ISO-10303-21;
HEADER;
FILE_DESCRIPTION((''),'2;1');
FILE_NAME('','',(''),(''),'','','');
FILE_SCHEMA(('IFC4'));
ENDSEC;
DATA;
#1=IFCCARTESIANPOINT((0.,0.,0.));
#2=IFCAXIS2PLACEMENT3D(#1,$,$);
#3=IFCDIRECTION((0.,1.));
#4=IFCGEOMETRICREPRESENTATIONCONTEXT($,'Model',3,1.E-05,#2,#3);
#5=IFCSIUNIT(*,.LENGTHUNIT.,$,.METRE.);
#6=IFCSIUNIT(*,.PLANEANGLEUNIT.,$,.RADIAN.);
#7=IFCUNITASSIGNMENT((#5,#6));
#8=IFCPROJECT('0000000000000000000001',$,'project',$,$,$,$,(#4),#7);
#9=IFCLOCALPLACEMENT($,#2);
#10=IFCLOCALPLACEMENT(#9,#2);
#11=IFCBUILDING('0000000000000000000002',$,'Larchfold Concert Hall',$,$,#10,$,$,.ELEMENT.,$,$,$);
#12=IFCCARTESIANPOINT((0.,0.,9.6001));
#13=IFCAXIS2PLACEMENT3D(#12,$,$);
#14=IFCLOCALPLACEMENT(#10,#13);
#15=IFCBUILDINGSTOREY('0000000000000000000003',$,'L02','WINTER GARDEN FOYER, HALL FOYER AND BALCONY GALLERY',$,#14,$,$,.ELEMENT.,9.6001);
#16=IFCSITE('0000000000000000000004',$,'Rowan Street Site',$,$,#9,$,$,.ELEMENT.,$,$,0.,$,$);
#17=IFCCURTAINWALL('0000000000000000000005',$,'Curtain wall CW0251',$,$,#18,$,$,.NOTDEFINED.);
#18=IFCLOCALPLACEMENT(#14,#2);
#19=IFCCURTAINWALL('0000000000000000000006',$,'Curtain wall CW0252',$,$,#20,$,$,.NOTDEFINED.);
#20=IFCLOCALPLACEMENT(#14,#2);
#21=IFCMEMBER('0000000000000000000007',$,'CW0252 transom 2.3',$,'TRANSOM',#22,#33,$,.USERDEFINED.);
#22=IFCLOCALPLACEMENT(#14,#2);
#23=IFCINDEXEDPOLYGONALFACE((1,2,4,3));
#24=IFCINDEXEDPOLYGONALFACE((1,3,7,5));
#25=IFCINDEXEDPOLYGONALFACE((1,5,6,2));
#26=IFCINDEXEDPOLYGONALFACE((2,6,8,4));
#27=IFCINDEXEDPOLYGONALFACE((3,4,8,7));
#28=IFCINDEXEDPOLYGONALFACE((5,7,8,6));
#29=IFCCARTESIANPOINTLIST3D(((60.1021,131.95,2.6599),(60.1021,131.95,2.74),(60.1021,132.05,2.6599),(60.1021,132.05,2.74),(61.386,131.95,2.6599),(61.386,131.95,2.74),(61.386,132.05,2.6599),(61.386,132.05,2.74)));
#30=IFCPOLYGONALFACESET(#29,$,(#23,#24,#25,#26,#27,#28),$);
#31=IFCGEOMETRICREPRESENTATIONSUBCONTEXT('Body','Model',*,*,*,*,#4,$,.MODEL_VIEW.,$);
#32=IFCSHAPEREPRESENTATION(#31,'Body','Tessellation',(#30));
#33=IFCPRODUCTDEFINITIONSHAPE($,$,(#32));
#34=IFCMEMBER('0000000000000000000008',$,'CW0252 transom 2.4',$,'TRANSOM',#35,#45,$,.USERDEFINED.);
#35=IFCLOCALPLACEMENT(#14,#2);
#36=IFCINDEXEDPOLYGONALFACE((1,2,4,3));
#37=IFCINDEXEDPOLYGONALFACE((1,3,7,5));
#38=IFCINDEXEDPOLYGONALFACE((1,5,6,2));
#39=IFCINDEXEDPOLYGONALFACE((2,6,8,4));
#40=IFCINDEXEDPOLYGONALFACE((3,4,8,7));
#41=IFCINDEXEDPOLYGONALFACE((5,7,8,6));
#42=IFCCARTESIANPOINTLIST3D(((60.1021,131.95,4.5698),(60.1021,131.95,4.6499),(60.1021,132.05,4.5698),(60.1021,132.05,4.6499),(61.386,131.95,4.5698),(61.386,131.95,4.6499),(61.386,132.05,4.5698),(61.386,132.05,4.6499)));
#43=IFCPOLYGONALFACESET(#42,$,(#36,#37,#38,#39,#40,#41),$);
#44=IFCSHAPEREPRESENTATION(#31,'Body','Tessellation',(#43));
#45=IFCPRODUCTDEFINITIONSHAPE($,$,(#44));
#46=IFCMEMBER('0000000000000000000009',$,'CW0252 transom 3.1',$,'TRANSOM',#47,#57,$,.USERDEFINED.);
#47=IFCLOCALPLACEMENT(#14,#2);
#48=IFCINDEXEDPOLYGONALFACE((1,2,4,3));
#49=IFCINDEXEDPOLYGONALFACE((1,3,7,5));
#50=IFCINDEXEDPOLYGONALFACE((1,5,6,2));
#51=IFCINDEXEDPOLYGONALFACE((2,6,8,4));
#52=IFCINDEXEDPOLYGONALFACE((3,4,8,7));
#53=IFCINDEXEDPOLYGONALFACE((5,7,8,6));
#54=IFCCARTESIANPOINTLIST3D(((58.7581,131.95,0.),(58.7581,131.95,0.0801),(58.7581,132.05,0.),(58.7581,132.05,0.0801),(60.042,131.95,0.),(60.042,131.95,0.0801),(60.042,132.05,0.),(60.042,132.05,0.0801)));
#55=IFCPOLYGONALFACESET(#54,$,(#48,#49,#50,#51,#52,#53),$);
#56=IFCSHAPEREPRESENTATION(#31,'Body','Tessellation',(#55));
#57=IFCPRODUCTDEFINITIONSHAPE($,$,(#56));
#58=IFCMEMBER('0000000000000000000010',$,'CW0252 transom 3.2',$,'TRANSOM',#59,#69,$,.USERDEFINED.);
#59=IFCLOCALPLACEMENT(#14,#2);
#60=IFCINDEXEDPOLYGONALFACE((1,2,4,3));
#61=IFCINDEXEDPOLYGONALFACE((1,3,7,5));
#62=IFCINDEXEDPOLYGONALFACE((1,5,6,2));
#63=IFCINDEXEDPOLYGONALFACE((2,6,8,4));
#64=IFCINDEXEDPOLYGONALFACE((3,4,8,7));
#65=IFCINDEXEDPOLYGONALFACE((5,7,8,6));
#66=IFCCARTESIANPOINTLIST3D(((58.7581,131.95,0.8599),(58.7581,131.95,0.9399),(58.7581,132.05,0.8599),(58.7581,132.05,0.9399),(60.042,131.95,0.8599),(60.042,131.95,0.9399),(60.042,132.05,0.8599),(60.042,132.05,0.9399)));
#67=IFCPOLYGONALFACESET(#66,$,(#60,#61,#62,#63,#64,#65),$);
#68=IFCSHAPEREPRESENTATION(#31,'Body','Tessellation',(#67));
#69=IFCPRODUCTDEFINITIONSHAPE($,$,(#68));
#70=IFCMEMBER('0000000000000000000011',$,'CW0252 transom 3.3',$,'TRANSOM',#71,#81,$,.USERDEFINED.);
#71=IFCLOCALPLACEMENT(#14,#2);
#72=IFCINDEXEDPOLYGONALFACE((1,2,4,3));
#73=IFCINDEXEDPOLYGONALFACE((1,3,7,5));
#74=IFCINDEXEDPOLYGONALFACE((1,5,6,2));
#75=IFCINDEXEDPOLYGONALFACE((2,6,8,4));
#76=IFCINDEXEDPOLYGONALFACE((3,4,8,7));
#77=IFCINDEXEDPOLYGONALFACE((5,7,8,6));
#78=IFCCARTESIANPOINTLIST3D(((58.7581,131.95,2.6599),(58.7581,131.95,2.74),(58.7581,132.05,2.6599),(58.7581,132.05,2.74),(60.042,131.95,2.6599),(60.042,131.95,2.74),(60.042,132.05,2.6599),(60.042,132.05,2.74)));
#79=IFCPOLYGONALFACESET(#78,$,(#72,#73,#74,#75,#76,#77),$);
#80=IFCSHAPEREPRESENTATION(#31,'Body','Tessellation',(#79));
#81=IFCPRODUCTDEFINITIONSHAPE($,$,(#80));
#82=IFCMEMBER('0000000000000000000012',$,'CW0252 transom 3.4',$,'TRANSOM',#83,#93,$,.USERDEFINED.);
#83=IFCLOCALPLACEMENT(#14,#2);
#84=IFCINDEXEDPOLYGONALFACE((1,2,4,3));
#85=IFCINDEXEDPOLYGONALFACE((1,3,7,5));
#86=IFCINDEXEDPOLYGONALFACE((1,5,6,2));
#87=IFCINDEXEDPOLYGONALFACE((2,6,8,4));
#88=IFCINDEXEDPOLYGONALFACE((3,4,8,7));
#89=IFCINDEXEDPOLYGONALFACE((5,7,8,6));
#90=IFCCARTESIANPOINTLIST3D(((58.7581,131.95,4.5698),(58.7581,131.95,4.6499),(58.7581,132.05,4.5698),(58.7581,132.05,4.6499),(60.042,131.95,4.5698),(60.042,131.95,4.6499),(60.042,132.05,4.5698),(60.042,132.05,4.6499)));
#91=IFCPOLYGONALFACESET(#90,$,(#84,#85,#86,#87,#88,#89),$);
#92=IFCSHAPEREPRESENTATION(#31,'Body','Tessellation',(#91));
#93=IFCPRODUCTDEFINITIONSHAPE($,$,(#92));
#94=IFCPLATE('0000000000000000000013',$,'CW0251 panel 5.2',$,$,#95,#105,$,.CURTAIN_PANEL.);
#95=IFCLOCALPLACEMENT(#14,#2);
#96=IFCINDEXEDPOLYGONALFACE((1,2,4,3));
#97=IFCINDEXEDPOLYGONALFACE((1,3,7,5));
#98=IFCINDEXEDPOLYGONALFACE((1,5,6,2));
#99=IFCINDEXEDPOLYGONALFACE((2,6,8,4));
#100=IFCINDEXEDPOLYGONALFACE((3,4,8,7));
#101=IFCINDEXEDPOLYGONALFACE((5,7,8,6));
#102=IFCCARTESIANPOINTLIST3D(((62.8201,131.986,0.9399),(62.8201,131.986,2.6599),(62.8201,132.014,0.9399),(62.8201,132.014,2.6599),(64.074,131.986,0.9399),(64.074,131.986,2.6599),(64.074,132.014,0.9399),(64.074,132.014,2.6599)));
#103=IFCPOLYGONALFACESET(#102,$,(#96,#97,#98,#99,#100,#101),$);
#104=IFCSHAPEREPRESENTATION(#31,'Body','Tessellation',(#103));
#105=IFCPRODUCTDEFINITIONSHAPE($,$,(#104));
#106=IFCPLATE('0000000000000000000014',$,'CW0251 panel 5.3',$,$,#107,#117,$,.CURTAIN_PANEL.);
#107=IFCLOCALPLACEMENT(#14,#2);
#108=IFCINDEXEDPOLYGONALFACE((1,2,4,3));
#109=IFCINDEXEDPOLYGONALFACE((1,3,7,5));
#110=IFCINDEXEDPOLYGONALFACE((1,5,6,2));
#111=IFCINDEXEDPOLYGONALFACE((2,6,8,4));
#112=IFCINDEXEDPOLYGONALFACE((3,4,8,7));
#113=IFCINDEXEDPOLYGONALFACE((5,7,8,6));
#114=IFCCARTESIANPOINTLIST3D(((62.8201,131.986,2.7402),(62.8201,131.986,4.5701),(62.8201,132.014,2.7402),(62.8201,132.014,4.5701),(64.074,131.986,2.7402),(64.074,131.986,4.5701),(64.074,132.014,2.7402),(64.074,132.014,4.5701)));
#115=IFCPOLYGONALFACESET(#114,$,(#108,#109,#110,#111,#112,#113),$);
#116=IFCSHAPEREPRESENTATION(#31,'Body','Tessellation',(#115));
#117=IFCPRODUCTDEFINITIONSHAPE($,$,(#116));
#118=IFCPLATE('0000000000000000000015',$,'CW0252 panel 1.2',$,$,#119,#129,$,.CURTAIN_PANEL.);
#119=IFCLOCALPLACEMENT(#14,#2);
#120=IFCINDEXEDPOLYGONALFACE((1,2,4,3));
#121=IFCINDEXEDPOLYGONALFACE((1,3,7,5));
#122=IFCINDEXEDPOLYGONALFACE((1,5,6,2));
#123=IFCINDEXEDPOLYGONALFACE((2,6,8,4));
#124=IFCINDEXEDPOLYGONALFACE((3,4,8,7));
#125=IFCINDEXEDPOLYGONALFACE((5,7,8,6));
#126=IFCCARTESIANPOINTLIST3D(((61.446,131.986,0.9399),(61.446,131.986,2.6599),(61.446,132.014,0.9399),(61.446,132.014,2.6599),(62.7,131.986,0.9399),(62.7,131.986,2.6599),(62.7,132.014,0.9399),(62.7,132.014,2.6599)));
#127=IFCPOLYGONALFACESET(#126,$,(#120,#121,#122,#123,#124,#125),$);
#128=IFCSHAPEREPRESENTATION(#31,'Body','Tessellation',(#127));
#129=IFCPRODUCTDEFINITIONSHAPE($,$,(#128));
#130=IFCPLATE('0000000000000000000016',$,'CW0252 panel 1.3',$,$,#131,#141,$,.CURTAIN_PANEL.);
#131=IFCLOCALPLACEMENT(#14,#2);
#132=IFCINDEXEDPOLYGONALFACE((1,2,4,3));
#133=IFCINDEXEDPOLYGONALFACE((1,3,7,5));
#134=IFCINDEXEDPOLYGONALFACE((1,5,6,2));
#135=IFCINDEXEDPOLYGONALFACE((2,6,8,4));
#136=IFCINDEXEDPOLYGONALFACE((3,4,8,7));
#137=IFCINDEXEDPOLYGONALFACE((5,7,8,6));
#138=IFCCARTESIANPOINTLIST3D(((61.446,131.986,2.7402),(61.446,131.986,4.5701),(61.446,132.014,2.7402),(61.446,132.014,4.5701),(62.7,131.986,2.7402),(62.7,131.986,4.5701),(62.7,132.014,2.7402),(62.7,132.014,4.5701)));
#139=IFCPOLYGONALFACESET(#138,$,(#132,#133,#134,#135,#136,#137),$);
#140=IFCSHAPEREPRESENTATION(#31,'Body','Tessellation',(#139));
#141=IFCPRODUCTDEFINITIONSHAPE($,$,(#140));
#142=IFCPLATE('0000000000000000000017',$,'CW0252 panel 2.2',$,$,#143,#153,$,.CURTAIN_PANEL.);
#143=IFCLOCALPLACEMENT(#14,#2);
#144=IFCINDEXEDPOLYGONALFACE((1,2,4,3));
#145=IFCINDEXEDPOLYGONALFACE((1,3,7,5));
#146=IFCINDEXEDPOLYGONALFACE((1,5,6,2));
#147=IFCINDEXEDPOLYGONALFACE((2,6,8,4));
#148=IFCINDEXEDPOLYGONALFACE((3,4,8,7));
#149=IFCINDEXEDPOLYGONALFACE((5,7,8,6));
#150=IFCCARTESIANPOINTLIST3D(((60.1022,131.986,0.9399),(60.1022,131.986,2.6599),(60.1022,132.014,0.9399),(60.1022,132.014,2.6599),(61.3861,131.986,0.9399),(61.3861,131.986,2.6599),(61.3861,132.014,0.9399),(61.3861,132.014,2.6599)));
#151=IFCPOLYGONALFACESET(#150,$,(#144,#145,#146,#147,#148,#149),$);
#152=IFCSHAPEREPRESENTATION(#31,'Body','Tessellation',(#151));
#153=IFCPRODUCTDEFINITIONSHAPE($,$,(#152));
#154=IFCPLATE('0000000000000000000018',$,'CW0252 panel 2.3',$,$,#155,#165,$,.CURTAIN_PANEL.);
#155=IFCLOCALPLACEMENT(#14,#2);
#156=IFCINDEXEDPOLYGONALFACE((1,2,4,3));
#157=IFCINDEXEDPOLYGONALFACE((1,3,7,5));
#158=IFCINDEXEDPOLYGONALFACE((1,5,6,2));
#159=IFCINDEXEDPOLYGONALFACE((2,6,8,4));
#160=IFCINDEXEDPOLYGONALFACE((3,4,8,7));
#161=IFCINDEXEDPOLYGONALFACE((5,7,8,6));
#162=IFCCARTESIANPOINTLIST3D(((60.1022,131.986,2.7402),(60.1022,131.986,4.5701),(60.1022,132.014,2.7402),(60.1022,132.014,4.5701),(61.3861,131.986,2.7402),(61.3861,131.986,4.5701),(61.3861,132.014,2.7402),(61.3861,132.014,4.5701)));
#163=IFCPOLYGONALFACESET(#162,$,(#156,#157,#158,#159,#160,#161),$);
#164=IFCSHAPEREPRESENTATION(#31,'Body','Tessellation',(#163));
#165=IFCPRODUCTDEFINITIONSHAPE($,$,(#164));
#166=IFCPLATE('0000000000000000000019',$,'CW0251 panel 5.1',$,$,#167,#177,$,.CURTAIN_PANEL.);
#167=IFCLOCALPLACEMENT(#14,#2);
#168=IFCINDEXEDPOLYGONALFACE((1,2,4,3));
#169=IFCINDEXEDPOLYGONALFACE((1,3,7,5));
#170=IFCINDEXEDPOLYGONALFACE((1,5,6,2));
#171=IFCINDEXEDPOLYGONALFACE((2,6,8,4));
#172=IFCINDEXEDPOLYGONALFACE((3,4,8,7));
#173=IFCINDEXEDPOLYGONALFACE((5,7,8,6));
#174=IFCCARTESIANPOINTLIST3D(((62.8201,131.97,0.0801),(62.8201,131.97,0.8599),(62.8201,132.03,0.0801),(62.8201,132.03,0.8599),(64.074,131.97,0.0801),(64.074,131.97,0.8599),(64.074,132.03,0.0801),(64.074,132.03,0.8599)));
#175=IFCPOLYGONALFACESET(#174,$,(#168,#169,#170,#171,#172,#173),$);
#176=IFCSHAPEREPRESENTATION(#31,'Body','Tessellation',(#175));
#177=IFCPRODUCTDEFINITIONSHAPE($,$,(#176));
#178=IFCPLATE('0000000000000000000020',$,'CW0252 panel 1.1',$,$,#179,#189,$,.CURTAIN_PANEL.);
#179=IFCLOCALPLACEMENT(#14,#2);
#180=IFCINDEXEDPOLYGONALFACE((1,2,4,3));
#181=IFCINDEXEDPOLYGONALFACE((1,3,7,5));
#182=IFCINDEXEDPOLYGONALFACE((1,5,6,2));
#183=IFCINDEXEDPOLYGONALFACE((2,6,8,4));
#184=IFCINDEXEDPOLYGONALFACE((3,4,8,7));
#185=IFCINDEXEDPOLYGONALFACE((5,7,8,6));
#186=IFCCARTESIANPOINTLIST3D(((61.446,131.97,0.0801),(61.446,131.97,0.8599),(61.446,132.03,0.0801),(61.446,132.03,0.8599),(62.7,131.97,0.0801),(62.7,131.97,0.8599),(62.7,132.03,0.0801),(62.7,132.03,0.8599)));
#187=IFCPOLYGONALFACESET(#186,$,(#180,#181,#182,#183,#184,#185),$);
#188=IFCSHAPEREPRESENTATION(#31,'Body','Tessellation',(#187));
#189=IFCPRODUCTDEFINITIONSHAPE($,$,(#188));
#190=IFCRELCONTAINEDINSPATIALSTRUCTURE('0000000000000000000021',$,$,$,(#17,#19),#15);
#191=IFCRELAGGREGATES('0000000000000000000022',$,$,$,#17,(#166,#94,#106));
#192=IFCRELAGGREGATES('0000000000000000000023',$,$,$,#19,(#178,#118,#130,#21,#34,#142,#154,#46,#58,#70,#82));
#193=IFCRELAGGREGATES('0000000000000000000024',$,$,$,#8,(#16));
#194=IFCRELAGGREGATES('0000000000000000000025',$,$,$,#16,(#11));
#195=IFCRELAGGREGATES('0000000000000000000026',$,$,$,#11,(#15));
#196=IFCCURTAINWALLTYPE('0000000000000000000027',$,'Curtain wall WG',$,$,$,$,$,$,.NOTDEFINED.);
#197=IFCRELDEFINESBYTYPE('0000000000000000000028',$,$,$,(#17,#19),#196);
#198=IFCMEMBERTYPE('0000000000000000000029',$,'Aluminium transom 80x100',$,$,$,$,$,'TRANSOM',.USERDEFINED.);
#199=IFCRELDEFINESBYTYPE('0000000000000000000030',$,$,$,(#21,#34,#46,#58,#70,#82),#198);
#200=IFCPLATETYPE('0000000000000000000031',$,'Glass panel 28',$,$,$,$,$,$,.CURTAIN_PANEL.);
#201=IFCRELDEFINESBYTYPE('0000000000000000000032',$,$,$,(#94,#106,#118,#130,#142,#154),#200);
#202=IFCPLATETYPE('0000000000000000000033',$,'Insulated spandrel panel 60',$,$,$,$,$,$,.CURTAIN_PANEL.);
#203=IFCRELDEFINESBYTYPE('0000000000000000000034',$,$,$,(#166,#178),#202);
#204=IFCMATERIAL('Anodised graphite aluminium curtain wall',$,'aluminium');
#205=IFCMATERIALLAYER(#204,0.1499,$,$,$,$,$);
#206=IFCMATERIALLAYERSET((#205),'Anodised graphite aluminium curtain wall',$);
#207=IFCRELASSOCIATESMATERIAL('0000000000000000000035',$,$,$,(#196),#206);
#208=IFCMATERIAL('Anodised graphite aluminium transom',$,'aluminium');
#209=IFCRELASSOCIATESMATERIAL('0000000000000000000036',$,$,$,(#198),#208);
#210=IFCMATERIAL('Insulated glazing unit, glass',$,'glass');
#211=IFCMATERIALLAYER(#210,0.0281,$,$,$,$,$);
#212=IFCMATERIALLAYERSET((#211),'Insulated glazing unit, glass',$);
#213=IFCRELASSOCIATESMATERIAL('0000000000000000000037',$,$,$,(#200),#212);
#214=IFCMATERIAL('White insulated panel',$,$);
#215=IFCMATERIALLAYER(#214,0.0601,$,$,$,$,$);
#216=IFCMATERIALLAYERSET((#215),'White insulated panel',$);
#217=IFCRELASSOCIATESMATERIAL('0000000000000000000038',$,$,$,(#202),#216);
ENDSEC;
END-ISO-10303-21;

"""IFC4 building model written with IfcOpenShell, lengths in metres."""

from ifc_helpers import new_model, si_unit, direction, frame, origin, origin_2d, place, context, subcontext, project, spatial, rectangle, extrude, material, layer, layer_set, material_profile, profile_set, type_object, element, aggregate, save


model = new_model("IFC4")

# Units and contexts
model_context = context("Model", 3, precision=1e-05, world=origin(), true_north=direction((0.0, 1.0)))
body_context = subcontext(model_context, "Body", "Model", "MODEL_VIEW")
ifc_project = project(units=[si_unit("LENGTHUNIT", "METRE"), si_unit("PLANEANGLEUNIT", "RADIAN")], contexts=[model_context])

# Site, building, storey
site_placement = place(None, origin())
site = spatial("IfcSite", under=ifc_project, at=site_placement, Name="Rowan Street Site", CompositionType="ELEMENT", RefElevation=0.0)
building_placement = place(site_placement, origin())
building = spatial("IfcBuilding", under=site, at=building_placement, Name="Larchfold Concert Hall", CompositionType="ELEMENT")
storey_placement = place(building_placement, frame((0.0, 0.0, 9.6001)))
storey = spatial("IfcBuildingStorey", under=building, at=storey_placement, Name="L02", Description="WINTER GARDEN FOYER, HALL FOYER AND BALCONY GALLERY", CompositionType="ELEMENT", Elevation=9.6001)

# Curtain walls
ifc_material_1 = material(Name="Anodised graphite aluminium curtain wall", Category="aluminium")
ifc_layer_1 = layer(ifc_material_1, 0.1499)
ifc_layer_set_1 = layer_set([ifc_layer_1], Name="Anodised graphite aluminium curtain wall")
curtain_wall_type = type_object("IfcCurtainWallType", Name="Curtain wall WG", PredefinedType="NOTDEFINED", material=ifc_layer_set_1)
curtain_wall_1_placement = place(storey_placement, origin())
curtain_wall_1 = element("IfcCurtainWall", 1, at=curtain_wall_1_placement, inside=storey, type_object=curtain_wall_type, Name="Curtain wall CW0251", PredefinedType="NOTDEFINED")
curtain_wall_2_placement = place(storey_placement, origin())
curtain_wall_2 = element("IfcCurtainWall", 2, at=curtain_wall_2_placement, inside=storey, type_object=curtain_wall_type, Name="Curtain wall CW0252", PredefinedType="NOTDEFINED")

# Members
ifc_material_2 = material(Name="Anodised graphite aluminium transom", Category="aluminium")
ifc_material_profile_1 = material_profile(ifc_material_2, rectangle(XDim=0.1001, YDim=0.0801, at=origin_2d()))
ifc_profile_set_1 = profile_set([ifc_material_profile_1], Name="Anodised graphite aluminium transom")
member_type_1 = type_object("IfcMemberType", Name="Aluminium transom 80x100", ElementType="TRANSOM", PredefinedType="USERDEFINED", material=ifc_profile_set_1)
member_1_placement = place(storey_placement, frame((61.386, 132.0, 2.7), z_axis=(-1.0, 0.0, 0.0), x_axis=(0.0, -1.0, 0.0)))
member_1 = element("IfcMember", 3, at=member_1_placement, type_object=member_type_1, Name="CW0252 transom 2.3", ObjectType="TRANSOM", PredefinedType="USERDEFINED", context=body_context, shape_type="SweptSolid", body=[
    extrude(rectangle(XDim=0.1001, YDim=0.0801, at=origin_2d()), origin(), (0.0, 0.0, 1.0), 1.2839),
])
member_2_placement = place(storey_placement, frame((61.386, 132.0, 4.6099), z_axis=(-1.0, 0.0, 0.0), x_axis=(0.0, -1.0, 0.0)))
member_2 = element("IfcMember", 4, at=member_2_placement, type_object=member_type_1, Name="CW0252 transom 2.4", ObjectType="TRANSOM", PredefinedType="USERDEFINED", context=body_context, shape_type="SweptSolid", body=[
    extrude(rectangle(XDim=0.1001, YDim=0.0801, at=origin_2d()), origin(), (0.0, 0.0, 1.0), 1.2839),
])
member_3_placement = place(storey_placement, frame((60.042, 132.0, 0.04), z_axis=(-1.0, 0.0, 0.0), x_axis=(0.0, -1.0, 0.0)))
member_3 = element("IfcMember", 5, at=member_3_placement, type_object=member_type_1, Name="CW0252 transom 3.1", ObjectType="TRANSOM", PredefinedType="USERDEFINED", context=body_context, shape_type="SweptSolid", body=[
    extrude(rectangle(XDim=0.1001, YDim=0.0801, at=origin_2d()), origin(), (0.0, 0.0, 1.0), 1.2839),
])
member_4_placement = place(storey_placement, frame((60.042, 132.0, 0.8999), z_axis=(-1.0, 0.0, 0.0), x_axis=(0.0, -1.0, 0.0)))
member_4 = element("IfcMember", 6, at=member_4_placement, type_object=member_type_1, Name="CW0252 transom 3.2", ObjectType="TRANSOM", PredefinedType="USERDEFINED", context=body_context, shape_type="SweptSolid", body=[
    extrude(rectangle(XDim=0.1001, YDim=0.0801, at=origin_2d()), origin(), (0.0, 0.0, 1.0), 1.2839),
])
member_5_placement = place(storey_placement, frame((60.042, 132.0, 2.7), z_axis=(-1.0, 0.0, 0.0), x_axis=(0.0, -1.0, 0.0)))
member_5 = element("IfcMember", 7, at=member_5_placement, type_object=member_type_1, Name="CW0252 transom 3.3", ObjectType="TRANSOM", PredefinedType="USERDEFINED", context=body_context, shape_type="SweptSolid", body=[
    extrude(rectangle(XDim=0.1001, YDim=0.0801, at=origin_2d()), origin(), (0.0, 0.0, 1.0), 1.2839),
])
member_6_placement = place(storey_placement, frame((60.042, 132.0, 4.6099), z_axis=(-1.0, 0.0, 0.0), x_axis=(0.0, -1.0, 0.0)))
member_6 = element("IfcMember", 8, at=member_6_placement, type_object=member_type_1, Name="CW0252 transom 3.4", ObjectType="TRANSOM", PredefinedType="USERDEFINED", context=body_context, shape_type="SweptSolid", body=[
    extrude(rectangle(XDim=0.1001, YDim=0.0801, at=origin_2d()), origin(), (0.0, 0.0, 1.0), 1.2839),
])

# Plates
ifc_material_3 = material(Name="Insulated glazing unit, glass", Category="glass")
ifc_layer_2 = layer(ifc_material_3, 0.0281)
ifc_layer_set_2 = layer_set([ifc_layer_2], Name="Insulated glazing unit, glass")
plate_type_1 = type_object("IfcPlateType", Name="Glass panel 28", PredefinedType="CURTAIN_PANEL", material=ifc_layer_set_2)
plate_1_placement = place(storey_placement, frame((63.447, 132.0, 0.9399), z_axis=(0.0, 0.0, 1.0), x_axis=(-1.0, 0.0, 0.0)))
plate_1 = element("IfcPlate", 9, at=plate_1_placement, type_object=plate_type_1, Name="CW0251 panel 5.2", PredefinedType="CURTAIN_PANEL", context=body_context, shape_type="SweptSolid", body=[
    extrude(rectangle(XDim=1.2539, YDim=0.0281, at=origin_2d()), origin(), (0.0, 0.0, 1.0), 1.72),
])
plate_2_placement = place(storey_placement, frame((63.447, 132.0, 2.7402), z_axis=(0.0, 0.0, 1.0), x_axis=(-1.0, 0.0, 0.0)))
plate_2 = element("IfcPlate", 10, at=plate_2_placement, type_object=plate_type_1, Name="CW0251 panel 5.3", PredefinedType="CURTAIN_PANEL", context=body_context, shape_type="SweptSolid", body=[
    extrude(rectangle(XDim=1.2539, YDim=0.0281, at=origin_2d()), origin(), (0.0, 0.0, 1.0), 1.8298),
])
plate_3_placement = place(storey_placement, frame((62.073, 132.0, 0.9399), z_axis=(0.0, 0.0, 1.0), x_axis=(-1.0, 0.0, 0.0)))
plate_3 = element("IfcPlate", 11, at=plate_3_placement, type_object=plate_type_1, Name="CW0252 panel 1.2", PredefinedType="CURTAIN_PANEL", context=body_context, shape_type="SweptSolid", body=[
    extrude(rectangle(XDim=1.2539, YDim=0.0281, at=origin_2d()), origin(), (0.0, 0.0, 1.0), 1.72),
])
plate_4_placement = place(storey_placement, frame((62.073, 132.0, 2.7402), z_axis=(0.0, 0.0, 1.0), x_axis=(-1.0, 0.0, 0.0)))
plate_4 = element("IfcPlate", 12, at=plate_4_placement, type_object=plate_type_1, Name="CW0252 panel 1.3", PredefinedType="CURTAIN_PANEL", context=body_context, shape_type="SweptSolid", body=[
    extrude(rectangle(XDim=1.2539, YDim=0.0281, at=origin_2d()), origin(), (0.0, 0.0, 1.0), 1.8298),
])
plate_5_placement = place(storey_placement, frame((60.7441, 132.0, 0.9399), z_axis=(0.0, 0.0, 1.0), x_axis=(-1.0, 0.0, 0.0)))
plate_5 = element("IfcPlate", 13, at=plate_5_placement, type_object=plate_type_1, Name="CW0252 panel 2.2", PredefinedType="CURTAIN_PANEL", context=body_context, shape_type="SweptSolid", body=[
    extrude(rectangle(XDim=1.2839, YDim=0.0281, at=origin_2d()), origin(), (0.0, 0.0, 1.0), 1.72),
])
plate_6_placement = place(storey_placement, frame((60.7441, 132.0, 2.7402), z_axis=(0.0, 0.0, 1.0), x_axis=(-1.0, 0.0, 0.0)))
plate_6 = element("IfcPlate", 14, at=plate_6_placement, type_object=plate_type_1, Name="CW0252 panel 2.3", PredefinedType="CURTAIN_PANEL", context=body_context, shape_type="SweptSolid", body=[
    extrude(rectangle(XDim=1.2839, YDim=0.0281, at=origin_2d()), origin(), (0.0, 0.0, 1.0), 1.8298),
])
ifc_material_4 = material(Name="White insulated panel")
ifc_layer_3 = layer(ifc_material_4, 0.0601)
ifc_layer_set_3 = layer_set([ifc_layer_3], Name="White insulated panel")
plate_type_2 = type_object("IfcPlateType", Name="Insulated spandrel panel 60", PredefinedType="CURTAIN_PANEL", material=ifc_layer_set_3)
plate_7_placement = place(storey_placement, frame((63.447, 132.0, 0.0801), z_axis=(0.0, 0.0, 1.0), x_axis=(-1.0, 0.0, 0.0)))
plate_7 = element("IfcPlate", 15, at=plate_7_placement, type_object=plate_type_2, Name="CW0251 panel 5.1", PredefinedType="CURTAIN_PANEL", context=body_context, shape_type="SweptSolid", body=[
    extrude(rectangle(XDim=1.2539, YDim=0.0601, at=origin_2d()), origin(), (0.0, 0.0, 1.0), 0.7798),
])
aggregate(curtain_wall_1, [plate_7, plate_1, plate_2])
plate_8_placement = place(storey_placement, frame((62.073, 132.0, 0.0801), z_axis=(0.0, 0.0, 1.0), x_axis=(-1.0, 0.0, 0.0)))
plate_8 = element("IfcPlate", 16, at=plate_8_placement, type_object=plate_type_2, Name="CW0252 panel 1.1", PredefinedType="CURTAIN_PANEL", context=body_context, shape_type="SweptSolid", body=[
    extrude(rectangle(XDim=1.2539, YDim=0.0601, at=origin_2d()), origin(), (0.0, 0.0, 1.0), 0.7798),
])
aggregate(curtain_wall_2, [plate_8, plate_3, plate_4, member_1, member_2, plate_5, plate_6, member_3, member_4, member_5, member_6])

save(model, "model.ifc")
